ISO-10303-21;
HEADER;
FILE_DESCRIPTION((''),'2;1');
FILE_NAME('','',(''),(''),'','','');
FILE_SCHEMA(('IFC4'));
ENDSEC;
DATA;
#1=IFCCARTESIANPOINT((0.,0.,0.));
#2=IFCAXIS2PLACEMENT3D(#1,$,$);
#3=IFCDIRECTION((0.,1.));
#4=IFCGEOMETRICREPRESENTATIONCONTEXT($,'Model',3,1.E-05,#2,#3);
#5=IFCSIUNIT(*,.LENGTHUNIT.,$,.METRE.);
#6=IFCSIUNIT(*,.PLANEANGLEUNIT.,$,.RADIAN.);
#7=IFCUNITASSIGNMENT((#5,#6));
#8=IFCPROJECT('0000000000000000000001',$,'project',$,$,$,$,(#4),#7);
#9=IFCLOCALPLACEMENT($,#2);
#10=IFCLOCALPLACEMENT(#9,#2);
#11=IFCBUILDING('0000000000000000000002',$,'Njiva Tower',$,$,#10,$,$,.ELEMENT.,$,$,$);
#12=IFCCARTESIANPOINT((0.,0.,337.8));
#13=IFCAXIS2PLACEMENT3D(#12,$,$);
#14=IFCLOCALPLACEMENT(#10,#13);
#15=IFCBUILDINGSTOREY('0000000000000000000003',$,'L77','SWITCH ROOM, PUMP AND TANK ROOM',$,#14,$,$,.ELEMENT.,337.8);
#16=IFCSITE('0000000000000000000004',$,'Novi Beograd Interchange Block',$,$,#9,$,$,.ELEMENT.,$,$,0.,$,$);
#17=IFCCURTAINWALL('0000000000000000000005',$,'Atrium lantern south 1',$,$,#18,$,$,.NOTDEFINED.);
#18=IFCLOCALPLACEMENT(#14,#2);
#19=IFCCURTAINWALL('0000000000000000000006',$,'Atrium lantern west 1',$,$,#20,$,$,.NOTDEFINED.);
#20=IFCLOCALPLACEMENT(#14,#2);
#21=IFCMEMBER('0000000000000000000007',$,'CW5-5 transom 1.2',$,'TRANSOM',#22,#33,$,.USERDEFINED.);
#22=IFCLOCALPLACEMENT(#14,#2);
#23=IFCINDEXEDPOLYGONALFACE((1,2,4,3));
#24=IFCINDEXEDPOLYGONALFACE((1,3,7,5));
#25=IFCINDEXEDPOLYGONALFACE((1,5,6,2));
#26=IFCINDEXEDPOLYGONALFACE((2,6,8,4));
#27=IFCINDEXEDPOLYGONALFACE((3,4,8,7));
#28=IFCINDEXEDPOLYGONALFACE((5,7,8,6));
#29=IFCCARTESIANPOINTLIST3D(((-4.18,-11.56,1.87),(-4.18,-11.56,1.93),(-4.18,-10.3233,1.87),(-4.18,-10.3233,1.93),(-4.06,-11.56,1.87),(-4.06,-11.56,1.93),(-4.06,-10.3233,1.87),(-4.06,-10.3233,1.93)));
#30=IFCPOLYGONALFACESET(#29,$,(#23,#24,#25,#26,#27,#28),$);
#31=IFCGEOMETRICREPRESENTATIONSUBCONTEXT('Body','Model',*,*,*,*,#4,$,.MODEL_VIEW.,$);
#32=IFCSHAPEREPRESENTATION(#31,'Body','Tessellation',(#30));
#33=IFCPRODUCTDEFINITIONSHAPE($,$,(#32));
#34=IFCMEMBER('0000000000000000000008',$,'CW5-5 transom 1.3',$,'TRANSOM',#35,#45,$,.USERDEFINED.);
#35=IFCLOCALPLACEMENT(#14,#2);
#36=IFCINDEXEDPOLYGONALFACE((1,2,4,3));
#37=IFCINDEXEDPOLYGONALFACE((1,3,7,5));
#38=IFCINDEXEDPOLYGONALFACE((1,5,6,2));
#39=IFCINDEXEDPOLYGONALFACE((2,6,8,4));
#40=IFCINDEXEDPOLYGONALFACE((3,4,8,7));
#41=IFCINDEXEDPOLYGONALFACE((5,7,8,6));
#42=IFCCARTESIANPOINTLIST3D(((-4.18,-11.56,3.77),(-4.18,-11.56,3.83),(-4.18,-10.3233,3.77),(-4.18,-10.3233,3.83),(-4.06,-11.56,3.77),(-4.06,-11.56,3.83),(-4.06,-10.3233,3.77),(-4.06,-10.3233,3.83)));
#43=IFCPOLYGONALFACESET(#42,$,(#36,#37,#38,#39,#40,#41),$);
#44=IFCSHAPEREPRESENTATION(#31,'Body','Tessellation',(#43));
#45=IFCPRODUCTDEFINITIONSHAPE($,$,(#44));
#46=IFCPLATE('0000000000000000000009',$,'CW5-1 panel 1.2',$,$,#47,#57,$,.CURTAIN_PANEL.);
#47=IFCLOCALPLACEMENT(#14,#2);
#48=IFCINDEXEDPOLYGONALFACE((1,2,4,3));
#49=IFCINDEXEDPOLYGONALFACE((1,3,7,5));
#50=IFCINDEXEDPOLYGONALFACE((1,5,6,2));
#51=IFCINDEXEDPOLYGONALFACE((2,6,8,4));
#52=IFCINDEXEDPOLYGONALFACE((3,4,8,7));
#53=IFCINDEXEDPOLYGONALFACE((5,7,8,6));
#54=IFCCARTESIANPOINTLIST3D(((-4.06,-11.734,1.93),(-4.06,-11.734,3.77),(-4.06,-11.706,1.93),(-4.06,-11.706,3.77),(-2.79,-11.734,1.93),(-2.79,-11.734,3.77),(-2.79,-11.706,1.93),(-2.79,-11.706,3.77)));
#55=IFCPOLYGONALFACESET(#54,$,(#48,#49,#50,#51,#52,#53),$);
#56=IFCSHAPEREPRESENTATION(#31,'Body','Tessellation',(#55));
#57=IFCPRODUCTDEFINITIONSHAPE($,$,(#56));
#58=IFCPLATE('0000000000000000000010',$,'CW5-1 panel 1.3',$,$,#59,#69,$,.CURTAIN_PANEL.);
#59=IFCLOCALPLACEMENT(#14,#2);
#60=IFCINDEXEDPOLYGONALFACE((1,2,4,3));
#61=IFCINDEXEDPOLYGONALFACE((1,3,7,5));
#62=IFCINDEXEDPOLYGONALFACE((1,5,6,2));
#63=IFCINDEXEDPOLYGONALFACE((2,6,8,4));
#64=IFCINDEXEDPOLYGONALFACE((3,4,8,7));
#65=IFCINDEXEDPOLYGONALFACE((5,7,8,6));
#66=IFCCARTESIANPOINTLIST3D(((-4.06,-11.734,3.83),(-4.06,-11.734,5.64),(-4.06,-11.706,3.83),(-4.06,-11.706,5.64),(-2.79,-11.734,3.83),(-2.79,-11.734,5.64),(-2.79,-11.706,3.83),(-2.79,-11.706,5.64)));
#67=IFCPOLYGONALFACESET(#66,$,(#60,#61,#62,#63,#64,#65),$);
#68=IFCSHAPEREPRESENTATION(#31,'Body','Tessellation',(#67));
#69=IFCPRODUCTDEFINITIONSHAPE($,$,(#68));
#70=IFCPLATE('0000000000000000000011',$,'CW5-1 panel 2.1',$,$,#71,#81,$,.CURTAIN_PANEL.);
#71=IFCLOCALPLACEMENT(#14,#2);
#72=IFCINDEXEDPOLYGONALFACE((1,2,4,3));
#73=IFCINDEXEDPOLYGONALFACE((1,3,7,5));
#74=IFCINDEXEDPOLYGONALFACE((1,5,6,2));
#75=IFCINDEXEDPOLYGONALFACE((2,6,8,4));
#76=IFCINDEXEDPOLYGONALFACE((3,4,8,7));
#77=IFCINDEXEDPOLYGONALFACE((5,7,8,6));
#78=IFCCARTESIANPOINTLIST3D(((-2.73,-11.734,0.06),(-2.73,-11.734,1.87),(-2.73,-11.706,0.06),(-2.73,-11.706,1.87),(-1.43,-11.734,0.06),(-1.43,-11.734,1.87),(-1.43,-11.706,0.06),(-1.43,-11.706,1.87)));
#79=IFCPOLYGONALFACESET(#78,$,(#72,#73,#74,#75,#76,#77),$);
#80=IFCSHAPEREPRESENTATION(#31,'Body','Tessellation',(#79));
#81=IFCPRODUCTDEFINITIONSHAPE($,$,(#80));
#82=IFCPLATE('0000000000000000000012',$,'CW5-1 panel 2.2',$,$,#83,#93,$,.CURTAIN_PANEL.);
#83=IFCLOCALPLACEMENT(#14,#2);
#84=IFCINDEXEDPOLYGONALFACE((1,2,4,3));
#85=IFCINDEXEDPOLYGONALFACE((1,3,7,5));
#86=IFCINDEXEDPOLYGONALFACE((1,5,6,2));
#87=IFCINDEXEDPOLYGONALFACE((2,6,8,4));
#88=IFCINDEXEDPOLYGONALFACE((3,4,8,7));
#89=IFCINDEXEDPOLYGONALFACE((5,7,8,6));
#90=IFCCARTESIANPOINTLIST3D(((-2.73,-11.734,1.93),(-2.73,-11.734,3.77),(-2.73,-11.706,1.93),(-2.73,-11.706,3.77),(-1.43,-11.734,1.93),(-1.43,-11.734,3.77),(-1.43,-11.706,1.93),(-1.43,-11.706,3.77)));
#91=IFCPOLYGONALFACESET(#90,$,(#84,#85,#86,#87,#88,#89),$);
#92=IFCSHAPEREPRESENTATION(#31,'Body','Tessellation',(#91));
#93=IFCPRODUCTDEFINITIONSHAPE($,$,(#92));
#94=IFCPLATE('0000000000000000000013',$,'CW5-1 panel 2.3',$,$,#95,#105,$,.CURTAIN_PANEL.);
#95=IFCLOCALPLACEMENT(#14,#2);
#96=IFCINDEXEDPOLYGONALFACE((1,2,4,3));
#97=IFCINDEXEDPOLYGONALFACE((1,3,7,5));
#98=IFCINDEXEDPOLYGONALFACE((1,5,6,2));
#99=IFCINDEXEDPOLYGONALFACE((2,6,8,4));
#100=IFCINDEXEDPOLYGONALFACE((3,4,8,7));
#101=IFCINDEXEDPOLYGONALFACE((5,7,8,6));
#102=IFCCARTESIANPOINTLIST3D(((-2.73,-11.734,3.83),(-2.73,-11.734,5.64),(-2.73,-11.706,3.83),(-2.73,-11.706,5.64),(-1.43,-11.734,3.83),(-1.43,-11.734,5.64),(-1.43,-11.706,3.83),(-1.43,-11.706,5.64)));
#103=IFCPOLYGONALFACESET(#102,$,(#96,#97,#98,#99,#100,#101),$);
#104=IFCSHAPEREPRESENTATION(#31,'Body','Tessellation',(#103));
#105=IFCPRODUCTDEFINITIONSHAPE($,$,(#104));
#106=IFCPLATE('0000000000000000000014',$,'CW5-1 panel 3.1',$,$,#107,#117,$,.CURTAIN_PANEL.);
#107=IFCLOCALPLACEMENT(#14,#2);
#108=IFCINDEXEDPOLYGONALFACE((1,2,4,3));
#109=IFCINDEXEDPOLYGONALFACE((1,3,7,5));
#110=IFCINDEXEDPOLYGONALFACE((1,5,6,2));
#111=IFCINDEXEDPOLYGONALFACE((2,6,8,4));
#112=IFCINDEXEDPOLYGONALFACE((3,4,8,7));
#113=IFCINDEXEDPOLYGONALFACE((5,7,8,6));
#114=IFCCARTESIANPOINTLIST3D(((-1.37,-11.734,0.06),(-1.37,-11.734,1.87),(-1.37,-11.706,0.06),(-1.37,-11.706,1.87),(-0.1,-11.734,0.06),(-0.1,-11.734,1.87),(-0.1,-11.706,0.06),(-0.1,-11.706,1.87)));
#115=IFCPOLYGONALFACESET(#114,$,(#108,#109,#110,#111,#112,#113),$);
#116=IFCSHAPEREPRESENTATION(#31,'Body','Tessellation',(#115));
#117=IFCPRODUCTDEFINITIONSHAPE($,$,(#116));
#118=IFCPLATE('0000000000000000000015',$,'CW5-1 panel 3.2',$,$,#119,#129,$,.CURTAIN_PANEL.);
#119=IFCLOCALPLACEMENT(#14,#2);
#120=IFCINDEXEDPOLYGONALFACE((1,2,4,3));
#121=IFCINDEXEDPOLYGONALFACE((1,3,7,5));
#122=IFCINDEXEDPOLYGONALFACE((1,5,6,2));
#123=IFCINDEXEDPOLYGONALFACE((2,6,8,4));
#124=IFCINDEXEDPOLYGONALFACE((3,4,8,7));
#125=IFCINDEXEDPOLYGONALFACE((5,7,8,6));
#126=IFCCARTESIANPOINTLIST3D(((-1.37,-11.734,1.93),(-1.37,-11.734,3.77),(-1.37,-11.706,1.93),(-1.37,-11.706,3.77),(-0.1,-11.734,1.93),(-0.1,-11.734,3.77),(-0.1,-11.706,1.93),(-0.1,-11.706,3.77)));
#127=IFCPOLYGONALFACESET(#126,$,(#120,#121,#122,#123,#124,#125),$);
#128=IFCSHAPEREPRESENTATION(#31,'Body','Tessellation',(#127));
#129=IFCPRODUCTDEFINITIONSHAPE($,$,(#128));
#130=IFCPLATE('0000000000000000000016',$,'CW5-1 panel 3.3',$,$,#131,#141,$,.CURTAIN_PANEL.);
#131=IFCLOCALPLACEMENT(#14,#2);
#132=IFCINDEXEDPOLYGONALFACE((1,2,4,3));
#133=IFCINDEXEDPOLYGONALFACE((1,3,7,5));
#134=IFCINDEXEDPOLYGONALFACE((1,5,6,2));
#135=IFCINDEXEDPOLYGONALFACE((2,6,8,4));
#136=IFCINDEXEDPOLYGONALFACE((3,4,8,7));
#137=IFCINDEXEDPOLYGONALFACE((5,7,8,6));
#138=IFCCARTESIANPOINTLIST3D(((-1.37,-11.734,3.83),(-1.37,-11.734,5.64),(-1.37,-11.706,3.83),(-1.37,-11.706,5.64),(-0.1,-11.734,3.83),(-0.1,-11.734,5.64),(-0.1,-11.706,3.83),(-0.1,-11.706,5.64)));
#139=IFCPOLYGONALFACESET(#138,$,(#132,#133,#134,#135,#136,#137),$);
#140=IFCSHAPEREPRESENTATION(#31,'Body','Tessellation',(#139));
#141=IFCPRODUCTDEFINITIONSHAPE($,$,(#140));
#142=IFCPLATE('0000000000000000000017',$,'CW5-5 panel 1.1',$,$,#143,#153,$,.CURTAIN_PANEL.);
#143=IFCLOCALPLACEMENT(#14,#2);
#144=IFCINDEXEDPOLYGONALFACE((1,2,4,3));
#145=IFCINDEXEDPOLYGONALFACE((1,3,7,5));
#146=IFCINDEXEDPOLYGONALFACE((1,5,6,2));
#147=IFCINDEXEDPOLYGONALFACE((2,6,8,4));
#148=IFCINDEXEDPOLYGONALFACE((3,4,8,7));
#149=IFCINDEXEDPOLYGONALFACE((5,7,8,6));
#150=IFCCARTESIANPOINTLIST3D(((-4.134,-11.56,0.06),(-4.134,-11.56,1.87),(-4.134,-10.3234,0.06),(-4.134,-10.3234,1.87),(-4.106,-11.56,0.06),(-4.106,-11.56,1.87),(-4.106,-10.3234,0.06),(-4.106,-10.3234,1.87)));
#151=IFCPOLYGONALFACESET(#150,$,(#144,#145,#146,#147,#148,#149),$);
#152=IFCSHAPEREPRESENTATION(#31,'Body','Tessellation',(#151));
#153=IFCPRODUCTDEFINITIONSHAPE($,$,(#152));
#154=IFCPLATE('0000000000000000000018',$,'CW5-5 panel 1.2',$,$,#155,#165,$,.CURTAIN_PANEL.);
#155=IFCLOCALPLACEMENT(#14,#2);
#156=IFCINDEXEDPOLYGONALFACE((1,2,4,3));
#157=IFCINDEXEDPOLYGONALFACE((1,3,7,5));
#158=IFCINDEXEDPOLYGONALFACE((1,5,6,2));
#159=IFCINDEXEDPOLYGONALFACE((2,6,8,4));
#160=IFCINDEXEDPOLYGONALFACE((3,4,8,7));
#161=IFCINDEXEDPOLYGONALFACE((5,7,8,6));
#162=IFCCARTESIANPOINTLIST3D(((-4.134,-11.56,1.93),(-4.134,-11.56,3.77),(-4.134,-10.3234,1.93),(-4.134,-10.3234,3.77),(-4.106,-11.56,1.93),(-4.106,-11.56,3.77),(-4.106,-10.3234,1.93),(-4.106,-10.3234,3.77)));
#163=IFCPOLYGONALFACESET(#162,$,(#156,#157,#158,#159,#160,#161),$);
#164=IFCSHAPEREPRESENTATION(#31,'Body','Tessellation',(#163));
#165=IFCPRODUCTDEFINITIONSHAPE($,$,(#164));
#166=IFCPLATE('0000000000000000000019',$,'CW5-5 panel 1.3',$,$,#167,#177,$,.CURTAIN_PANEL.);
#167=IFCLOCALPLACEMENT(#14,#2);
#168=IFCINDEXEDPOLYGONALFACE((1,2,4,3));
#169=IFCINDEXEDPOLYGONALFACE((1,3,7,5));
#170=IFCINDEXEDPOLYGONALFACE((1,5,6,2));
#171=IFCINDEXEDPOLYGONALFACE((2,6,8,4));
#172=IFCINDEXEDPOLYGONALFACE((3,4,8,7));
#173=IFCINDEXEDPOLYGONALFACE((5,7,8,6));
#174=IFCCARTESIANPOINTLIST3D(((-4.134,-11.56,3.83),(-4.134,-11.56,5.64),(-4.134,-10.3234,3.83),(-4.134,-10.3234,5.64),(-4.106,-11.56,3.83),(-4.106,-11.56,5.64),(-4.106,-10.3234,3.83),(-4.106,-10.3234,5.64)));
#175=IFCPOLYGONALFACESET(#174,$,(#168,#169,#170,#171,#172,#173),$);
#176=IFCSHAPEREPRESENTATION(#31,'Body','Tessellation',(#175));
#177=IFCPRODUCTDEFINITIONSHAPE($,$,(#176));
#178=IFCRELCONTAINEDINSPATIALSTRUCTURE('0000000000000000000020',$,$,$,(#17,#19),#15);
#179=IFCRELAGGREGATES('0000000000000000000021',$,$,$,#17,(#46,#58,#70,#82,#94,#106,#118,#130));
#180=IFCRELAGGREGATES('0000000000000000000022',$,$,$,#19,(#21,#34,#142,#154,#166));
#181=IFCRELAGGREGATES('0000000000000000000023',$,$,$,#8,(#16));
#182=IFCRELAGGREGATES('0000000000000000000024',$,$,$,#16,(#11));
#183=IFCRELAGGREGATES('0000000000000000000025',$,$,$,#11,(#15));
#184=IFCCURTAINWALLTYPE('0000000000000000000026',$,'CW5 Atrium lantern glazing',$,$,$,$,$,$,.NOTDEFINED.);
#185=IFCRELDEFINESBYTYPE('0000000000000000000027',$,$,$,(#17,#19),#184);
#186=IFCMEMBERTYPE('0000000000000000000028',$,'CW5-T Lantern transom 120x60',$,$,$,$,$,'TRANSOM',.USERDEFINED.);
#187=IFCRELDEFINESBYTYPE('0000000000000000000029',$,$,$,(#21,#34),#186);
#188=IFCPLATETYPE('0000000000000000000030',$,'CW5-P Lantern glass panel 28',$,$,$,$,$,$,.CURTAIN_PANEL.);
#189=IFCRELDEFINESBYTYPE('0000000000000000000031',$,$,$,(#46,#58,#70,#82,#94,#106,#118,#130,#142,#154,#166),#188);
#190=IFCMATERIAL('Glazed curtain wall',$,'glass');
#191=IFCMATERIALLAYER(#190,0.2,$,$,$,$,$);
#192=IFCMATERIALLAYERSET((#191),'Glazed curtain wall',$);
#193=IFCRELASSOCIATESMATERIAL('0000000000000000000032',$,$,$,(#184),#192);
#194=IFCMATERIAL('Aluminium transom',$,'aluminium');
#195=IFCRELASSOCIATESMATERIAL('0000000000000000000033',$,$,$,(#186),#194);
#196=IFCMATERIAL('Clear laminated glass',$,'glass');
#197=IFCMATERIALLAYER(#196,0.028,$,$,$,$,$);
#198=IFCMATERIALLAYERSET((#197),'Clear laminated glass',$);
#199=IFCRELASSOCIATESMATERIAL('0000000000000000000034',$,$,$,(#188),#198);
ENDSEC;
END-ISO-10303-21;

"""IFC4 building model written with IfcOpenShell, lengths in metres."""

from ifc_helpers import new_model, si_unit, direction, frame, origin, origin_2d, place, context, subcontext, project, spatial, rectangle, extrude, material, layer, layer_set, material_profile, profile_set, type_object, element, aggregate, save


model = new_model("IFC4")

# Units and contexts
model_context = context("Model", 3, precision=1e-05, world=origin(), true_north=direction((0.0, 1.0)))
body_context = subcontext(model_context, "Body", "Model", "MODEL_VIEW")
ifc_project = project(units=[si_unit("LENGTHUNIT", "METRE"), si_unit("PLANEANGLEUNIT", "RADIAN")], contexts=[model_context])

# Site, building, storey
site_placement = place(None, origin())
site = spatial("IfcSite", under=ifc_project, at=site_placement, Name="Novi Beograd Interchange Block", CompositionType="ELEMENT", RefElevation=0.0)
building_placement = place(site_placement, origin())
building = spatial("IfcBuilding", under=site, at=building_placement, Name="Njiva Tower", CompositionType="ELEMENT")
storey_placement = place(building_placement, frame((0.0, 0.0, 337.8)))
storey = spatial("IfcBuildingStorey", under=building, at=storey_placement, Name="L77", Description="SWITCH ROOM, PUMP AND TANK ROOM", CompositionType="ELEMENT", Elevation=337.8)

# Curtain wall
ifc_material_1 = material(Name="Glazed curtain wall", Category="glass")
ifc_layer_1 = layer(ifc_material_1, 0.2)
ifc_layer_set_1 = layer_set([ifc_layer_1], Name="Glazed curtain wall")
curtain_wall_type = type_object("IfcCurtainWallType", Name="CW5 Atrium lantern glazing", PredefinedType="NOTDEFINED", material=ifc_layer_set_1)
curtain_wall_1_placement = place(storey_placement, origin())
curtain_wall_1 = element("IfcCurtainWall", 1, at=curtain_wall_1_placement, inside=storey, type_object=curtain_wall_type, Name="Atrium lantern south 1", PredefinedType="NOTDEFINED")

# Curtain wall
curtain_wall_2_placement = place(storey_placement, origin())
curtain_wall_2 = element("IfcCurtainWall", 2, at=curtain_wall_2_placement, inside=storey, type_object=curtain_wall_type, Name="Atrium lantern west 1", PredefinedType="NOTDEFINED")

# Members
ifc_material_2 = material(Name="Aluminium transom", Category="aluminium")
ifc_material_profile_1 = material_profile(ifc_material_2, rectangle(XDim=0.12, YDim=0.06, at=origin_2d()), Name="RECT 120x60")
ifc_profile_set_1 = profile_set([ifc_material_profile_1], Name="Aluminium transom")
member_type_1 = type_object("IfcMemberType", Name="CW5-T Lantern transom 120x60", ElementType="TRANSOM", PredefinedType="USERDEFINED", material=ifc_profile_set_1)
member_1_placement = place(storey_placement, frame((-4.12, -11.56, 1.9), z_axis=(0.0, 1.0, 0.0), x_axis=(-1.0, 0.0, 0.0)))
member_1 = element("IfcMember", 3, at=member_1_placement, type_object=member_type_1, Name="CW5-5 transom 1.2", ObjectType="TRANSOM", PredefinedType="USERDEFINED", context=body_context, shape_type="SweptSolid", body=[
    extrude(rectangle(XDim=0.12, YDim=0.06, at=origin_2d()), origin(), (0.0, 0.0, 1.0), 1.2367),
])
member_2_placement = place(storey_placement, frame((-4.12, -11.56, 3.8), z_axis=(0.0, 1.0, 0.0), x_axis=(-1.0, 0.0, 0.0)))
member_2 = element("IfcMember", 4, at=member_2_placement, type_object=member_type_1, Name="CW5-5 transom 1.3", ObjectType="TRANSOM", PredefinedType="USERDEFINED", context=body_context, shape_type="SweptSolid", body=[
    extrude(rectangle(XDim=0.12, YDim=0.06, at=origin_2d()), origin(), (0.0, 0.0, 1.0), 1.2367),
])

# Plates
ifc_material_3 = material(Name="Clear laminated glass", Category="glass")
ifc_layer_2 = layer(ifc_material_3, 0.028)
ifc_layer_set_2 = layer_set([ifc_layer_2], Name="Clear laminated glass")
plate_type = type_object("IfcPlateType", Name="CW5-P Lantern glass panel 28", PredefinedType="CURTAIN_PANEL", material=ifc_layer_set_2)
plate_1_placement = place(storey_placement, frame((-3.425, -11.72, 1.93), z_axis=(0.0, 0.0, 1.0), x_axis=(1.0, 0.0, 0.0)))
plate_1 = element("IfcPlate", 5, at=plate_1_placement, type_object=plate_type, Name="CW5-1 panel 1.2", PredefinedType="CURTAIN_PANEL", context=body_context, shape_type="SweptSolid", body=[
    extrude(rectangle(XDim=1.27, YDim=0.028, at=origin_2d()), origin(), (0.0, 0.0, 1.0), 1.84),
])
plate_2_placement = place(storey_placement, frame((-3.425, -11.72, 3.83), z_axis=(0.0, 0.0, 1.0), x_axis=(1.0, 0.0, 0.0)))
plate_2 = element("IfcPlate", 6, at=plate_2_placement, type_object=plate_type, Name="CW5-1 panel 1.3", PredefinedType="CURTAIN_PANEL", context=body_context, shape_type="SweptSolid", body=[
    extrude(rectangle(XDim=1.27, YDim=0.028, at=origin_2d()), origin(), (0.0, 0.0, 1.0), 1.81),
])
plate_3_placement = place(storey_placement, frame((-2.08, -11.72, 0.06), z_axis=(0.0, 0.0, 1.0), x_axis=(1.0, 0.0, 0.0)))
plate_3 = element("IfcPlate", 7, at=plate_3_placement, type_object=plate_type, Name="CW5-1 panel 2.1", PredefinedType="CURTAIN_PANEL", context=body_context, shape_type="SweptSolid", body=[
    extrude(rectangle(XDim=1.3, YDim=0.028, at=origin_2d()), origin(), (0.0, 0.0, 1.0), 1.81),
])
plate_4_placement = place(storey_placement, frame((-2.08, -11.72, 1.93), z_axis=(0.0, 0.0, 1.0), x_axis=(1.0, 0.0, 0.0)))
plate_4 = element("IfcPlate", 8, at=plate_4_placement, type_object=plate_type, Name="CW5-1 panel 2.2", PredefinedType="CURTAIN_PANEL", context=body_context, shape_type="SweptSolid", body=[
    extrude(rectangle(XDim=1.3, YDim=0.028, at=origin_2d()), origin(), (0.0, 0.0, 1.0), 1.84),
])
plate_5_placement = place(storey_placement, frame((-2.08, -11.72, 3.83), z_axis=(0.0, 0.0, 1.0), x_axis=(1.0, 0.0, 0.0)))
plate_5 = element("IfcPlate", 9, at=plate_5_placement, type_object=plate_type, Name="CW5-1 panel 2.3", PredefinedType="CURTAIN_PANEL", context=body_context, shape_type="SweptSolid", body=[
    extrude(rectangle(XDim=1.3, YDim=0.028, at=origin_2d()), origin(), (0.0, 0.0, 1.0), 1.81),
])
plate_6_placement = place(storey_placement, frame((-0.735, -11.72, 0.06), z_axis=(0.0, 0.0, 1.0), x_axis=(1.0, 0.0, 0.0)))
plate_6 = element("IfcPlate", 10, at=plate_6_placement, type_object=plate_type, Name="CW5-1 panel 3.1", PredefinedType="CURTAIN_PANEL", context=body_context, shape_type="SweptSolid", body=[
    extrude(rectangle(XDim=1.27, YDim=0.028, at=origin_2d()), origin(), (0.0, 0.0, 1.0), 1.81),
])
plate_7_placement = place(storey_placement, frame((-0.735, -11.72, 1.93), z_axis=(0.0, 0.0, 1.0), x_axis=(1.0, 0.0, 0.0)))
plate_7 = element("IfcPlate", 11, at=plate_7_placement, type_object=plate_type, Name="CW5-1 panel 3.2", PredefinedType="CURTAIN_PANEL", context=body_context, shape_type="SweptSolid", body=[
    extrude(rectangle(XDim=1.27, YDim=0.028, at=origin_2d()), origin(), (0.0, 0.0, 1.0), 1.84),
])
plate_8_placement = place(storey_placement, frame((-0.735, -11.72, 3.83), z_axis=(0.0, 0.0, 1.0), x_axis=(1.0, 0.0, 0.0)))
plate_8 = element("IfcPlate", 12, at=plate_8_placement, type_object=plate_type, Name="CW5-1 panel 3.3", PredefinedType="CURTAIN_PANEL", context=body_context, shape_type="SweptSolid", body=[
    extrude(rectangle(XDim=1.27, YDim=0.028, at=origin_2d()), origin(), (0.0, 0.0, 1.0), 1.81),
])
aggregate(curtain_wall_1, [plate_1, plate_2, plate_3, plate_4, plate_5, plate_6, plate_7, plate_8])
plate_9_placement = place(storey_placement, frame((-4.12, -10.9417, 0.06), z_axis=(0.0, 0.0, 1.0), x_axis=(0.0, 1.0, 0.0)))
plate_9 = element("IfcPlate", 13, at=plate_9_placement, type_object=plate_type, Name="CW5-5 panel 1.1", PredefinedType="CURTAIN_PANEL", context=body_context, shape_type="SweptSolid", body=[
    extrude(rectangle(XDim=1.2367, YDim=0.028, at=origin_2d()), origin(), (0.0, 0.0, 1.0), 1.81),
])
plate_10_placement = place(storey_placement, frame((-4.12, -10.9417, 1.93), z_axis=(0.0, 0.0, 1.0), x_axis=(0.0, 1.0, 0.0)))
plate_10 = element("IfcPlate", 14, at=plate_10_placement, type_object=plate_type, Name="CW5-5 panel 1.2", PredefinedType="CURTAIN_PANEL", context=body_context, shape_type="SweptSolid", body=[
    extrude(rectangle(XDim=1.2367, YDim=0.028, at=origin_2d()), origin(), (0.0, 0.0, 1.0), 1.84),
])
plate_11_placement = place(storey_placement, frame((-4.12, -10.9417, 3.83), z_axis=(0.0, 0.0, 1.0), x_axis=(0.0, 1.0, 0.0)))
plate_11 = element("IfcPlate", 15, at=plate_11_placement, type_object=plate_type, Name="CW5-5 panel 1.3", PredefinedType="CURTAIN_PANEL", context=body_context, shape_type="SweptSolid", body=[
    extrude(rectangle(XDim=1.2367, YDim=0.028, at=origin_2d()), origin(), (0.0, 0.0, 1.0), 1.81),
])
aggregate(curtain_wall_2, [member_1, member_2, plate_9, plate_10, plate_11])

save(model, "model.ifc")
